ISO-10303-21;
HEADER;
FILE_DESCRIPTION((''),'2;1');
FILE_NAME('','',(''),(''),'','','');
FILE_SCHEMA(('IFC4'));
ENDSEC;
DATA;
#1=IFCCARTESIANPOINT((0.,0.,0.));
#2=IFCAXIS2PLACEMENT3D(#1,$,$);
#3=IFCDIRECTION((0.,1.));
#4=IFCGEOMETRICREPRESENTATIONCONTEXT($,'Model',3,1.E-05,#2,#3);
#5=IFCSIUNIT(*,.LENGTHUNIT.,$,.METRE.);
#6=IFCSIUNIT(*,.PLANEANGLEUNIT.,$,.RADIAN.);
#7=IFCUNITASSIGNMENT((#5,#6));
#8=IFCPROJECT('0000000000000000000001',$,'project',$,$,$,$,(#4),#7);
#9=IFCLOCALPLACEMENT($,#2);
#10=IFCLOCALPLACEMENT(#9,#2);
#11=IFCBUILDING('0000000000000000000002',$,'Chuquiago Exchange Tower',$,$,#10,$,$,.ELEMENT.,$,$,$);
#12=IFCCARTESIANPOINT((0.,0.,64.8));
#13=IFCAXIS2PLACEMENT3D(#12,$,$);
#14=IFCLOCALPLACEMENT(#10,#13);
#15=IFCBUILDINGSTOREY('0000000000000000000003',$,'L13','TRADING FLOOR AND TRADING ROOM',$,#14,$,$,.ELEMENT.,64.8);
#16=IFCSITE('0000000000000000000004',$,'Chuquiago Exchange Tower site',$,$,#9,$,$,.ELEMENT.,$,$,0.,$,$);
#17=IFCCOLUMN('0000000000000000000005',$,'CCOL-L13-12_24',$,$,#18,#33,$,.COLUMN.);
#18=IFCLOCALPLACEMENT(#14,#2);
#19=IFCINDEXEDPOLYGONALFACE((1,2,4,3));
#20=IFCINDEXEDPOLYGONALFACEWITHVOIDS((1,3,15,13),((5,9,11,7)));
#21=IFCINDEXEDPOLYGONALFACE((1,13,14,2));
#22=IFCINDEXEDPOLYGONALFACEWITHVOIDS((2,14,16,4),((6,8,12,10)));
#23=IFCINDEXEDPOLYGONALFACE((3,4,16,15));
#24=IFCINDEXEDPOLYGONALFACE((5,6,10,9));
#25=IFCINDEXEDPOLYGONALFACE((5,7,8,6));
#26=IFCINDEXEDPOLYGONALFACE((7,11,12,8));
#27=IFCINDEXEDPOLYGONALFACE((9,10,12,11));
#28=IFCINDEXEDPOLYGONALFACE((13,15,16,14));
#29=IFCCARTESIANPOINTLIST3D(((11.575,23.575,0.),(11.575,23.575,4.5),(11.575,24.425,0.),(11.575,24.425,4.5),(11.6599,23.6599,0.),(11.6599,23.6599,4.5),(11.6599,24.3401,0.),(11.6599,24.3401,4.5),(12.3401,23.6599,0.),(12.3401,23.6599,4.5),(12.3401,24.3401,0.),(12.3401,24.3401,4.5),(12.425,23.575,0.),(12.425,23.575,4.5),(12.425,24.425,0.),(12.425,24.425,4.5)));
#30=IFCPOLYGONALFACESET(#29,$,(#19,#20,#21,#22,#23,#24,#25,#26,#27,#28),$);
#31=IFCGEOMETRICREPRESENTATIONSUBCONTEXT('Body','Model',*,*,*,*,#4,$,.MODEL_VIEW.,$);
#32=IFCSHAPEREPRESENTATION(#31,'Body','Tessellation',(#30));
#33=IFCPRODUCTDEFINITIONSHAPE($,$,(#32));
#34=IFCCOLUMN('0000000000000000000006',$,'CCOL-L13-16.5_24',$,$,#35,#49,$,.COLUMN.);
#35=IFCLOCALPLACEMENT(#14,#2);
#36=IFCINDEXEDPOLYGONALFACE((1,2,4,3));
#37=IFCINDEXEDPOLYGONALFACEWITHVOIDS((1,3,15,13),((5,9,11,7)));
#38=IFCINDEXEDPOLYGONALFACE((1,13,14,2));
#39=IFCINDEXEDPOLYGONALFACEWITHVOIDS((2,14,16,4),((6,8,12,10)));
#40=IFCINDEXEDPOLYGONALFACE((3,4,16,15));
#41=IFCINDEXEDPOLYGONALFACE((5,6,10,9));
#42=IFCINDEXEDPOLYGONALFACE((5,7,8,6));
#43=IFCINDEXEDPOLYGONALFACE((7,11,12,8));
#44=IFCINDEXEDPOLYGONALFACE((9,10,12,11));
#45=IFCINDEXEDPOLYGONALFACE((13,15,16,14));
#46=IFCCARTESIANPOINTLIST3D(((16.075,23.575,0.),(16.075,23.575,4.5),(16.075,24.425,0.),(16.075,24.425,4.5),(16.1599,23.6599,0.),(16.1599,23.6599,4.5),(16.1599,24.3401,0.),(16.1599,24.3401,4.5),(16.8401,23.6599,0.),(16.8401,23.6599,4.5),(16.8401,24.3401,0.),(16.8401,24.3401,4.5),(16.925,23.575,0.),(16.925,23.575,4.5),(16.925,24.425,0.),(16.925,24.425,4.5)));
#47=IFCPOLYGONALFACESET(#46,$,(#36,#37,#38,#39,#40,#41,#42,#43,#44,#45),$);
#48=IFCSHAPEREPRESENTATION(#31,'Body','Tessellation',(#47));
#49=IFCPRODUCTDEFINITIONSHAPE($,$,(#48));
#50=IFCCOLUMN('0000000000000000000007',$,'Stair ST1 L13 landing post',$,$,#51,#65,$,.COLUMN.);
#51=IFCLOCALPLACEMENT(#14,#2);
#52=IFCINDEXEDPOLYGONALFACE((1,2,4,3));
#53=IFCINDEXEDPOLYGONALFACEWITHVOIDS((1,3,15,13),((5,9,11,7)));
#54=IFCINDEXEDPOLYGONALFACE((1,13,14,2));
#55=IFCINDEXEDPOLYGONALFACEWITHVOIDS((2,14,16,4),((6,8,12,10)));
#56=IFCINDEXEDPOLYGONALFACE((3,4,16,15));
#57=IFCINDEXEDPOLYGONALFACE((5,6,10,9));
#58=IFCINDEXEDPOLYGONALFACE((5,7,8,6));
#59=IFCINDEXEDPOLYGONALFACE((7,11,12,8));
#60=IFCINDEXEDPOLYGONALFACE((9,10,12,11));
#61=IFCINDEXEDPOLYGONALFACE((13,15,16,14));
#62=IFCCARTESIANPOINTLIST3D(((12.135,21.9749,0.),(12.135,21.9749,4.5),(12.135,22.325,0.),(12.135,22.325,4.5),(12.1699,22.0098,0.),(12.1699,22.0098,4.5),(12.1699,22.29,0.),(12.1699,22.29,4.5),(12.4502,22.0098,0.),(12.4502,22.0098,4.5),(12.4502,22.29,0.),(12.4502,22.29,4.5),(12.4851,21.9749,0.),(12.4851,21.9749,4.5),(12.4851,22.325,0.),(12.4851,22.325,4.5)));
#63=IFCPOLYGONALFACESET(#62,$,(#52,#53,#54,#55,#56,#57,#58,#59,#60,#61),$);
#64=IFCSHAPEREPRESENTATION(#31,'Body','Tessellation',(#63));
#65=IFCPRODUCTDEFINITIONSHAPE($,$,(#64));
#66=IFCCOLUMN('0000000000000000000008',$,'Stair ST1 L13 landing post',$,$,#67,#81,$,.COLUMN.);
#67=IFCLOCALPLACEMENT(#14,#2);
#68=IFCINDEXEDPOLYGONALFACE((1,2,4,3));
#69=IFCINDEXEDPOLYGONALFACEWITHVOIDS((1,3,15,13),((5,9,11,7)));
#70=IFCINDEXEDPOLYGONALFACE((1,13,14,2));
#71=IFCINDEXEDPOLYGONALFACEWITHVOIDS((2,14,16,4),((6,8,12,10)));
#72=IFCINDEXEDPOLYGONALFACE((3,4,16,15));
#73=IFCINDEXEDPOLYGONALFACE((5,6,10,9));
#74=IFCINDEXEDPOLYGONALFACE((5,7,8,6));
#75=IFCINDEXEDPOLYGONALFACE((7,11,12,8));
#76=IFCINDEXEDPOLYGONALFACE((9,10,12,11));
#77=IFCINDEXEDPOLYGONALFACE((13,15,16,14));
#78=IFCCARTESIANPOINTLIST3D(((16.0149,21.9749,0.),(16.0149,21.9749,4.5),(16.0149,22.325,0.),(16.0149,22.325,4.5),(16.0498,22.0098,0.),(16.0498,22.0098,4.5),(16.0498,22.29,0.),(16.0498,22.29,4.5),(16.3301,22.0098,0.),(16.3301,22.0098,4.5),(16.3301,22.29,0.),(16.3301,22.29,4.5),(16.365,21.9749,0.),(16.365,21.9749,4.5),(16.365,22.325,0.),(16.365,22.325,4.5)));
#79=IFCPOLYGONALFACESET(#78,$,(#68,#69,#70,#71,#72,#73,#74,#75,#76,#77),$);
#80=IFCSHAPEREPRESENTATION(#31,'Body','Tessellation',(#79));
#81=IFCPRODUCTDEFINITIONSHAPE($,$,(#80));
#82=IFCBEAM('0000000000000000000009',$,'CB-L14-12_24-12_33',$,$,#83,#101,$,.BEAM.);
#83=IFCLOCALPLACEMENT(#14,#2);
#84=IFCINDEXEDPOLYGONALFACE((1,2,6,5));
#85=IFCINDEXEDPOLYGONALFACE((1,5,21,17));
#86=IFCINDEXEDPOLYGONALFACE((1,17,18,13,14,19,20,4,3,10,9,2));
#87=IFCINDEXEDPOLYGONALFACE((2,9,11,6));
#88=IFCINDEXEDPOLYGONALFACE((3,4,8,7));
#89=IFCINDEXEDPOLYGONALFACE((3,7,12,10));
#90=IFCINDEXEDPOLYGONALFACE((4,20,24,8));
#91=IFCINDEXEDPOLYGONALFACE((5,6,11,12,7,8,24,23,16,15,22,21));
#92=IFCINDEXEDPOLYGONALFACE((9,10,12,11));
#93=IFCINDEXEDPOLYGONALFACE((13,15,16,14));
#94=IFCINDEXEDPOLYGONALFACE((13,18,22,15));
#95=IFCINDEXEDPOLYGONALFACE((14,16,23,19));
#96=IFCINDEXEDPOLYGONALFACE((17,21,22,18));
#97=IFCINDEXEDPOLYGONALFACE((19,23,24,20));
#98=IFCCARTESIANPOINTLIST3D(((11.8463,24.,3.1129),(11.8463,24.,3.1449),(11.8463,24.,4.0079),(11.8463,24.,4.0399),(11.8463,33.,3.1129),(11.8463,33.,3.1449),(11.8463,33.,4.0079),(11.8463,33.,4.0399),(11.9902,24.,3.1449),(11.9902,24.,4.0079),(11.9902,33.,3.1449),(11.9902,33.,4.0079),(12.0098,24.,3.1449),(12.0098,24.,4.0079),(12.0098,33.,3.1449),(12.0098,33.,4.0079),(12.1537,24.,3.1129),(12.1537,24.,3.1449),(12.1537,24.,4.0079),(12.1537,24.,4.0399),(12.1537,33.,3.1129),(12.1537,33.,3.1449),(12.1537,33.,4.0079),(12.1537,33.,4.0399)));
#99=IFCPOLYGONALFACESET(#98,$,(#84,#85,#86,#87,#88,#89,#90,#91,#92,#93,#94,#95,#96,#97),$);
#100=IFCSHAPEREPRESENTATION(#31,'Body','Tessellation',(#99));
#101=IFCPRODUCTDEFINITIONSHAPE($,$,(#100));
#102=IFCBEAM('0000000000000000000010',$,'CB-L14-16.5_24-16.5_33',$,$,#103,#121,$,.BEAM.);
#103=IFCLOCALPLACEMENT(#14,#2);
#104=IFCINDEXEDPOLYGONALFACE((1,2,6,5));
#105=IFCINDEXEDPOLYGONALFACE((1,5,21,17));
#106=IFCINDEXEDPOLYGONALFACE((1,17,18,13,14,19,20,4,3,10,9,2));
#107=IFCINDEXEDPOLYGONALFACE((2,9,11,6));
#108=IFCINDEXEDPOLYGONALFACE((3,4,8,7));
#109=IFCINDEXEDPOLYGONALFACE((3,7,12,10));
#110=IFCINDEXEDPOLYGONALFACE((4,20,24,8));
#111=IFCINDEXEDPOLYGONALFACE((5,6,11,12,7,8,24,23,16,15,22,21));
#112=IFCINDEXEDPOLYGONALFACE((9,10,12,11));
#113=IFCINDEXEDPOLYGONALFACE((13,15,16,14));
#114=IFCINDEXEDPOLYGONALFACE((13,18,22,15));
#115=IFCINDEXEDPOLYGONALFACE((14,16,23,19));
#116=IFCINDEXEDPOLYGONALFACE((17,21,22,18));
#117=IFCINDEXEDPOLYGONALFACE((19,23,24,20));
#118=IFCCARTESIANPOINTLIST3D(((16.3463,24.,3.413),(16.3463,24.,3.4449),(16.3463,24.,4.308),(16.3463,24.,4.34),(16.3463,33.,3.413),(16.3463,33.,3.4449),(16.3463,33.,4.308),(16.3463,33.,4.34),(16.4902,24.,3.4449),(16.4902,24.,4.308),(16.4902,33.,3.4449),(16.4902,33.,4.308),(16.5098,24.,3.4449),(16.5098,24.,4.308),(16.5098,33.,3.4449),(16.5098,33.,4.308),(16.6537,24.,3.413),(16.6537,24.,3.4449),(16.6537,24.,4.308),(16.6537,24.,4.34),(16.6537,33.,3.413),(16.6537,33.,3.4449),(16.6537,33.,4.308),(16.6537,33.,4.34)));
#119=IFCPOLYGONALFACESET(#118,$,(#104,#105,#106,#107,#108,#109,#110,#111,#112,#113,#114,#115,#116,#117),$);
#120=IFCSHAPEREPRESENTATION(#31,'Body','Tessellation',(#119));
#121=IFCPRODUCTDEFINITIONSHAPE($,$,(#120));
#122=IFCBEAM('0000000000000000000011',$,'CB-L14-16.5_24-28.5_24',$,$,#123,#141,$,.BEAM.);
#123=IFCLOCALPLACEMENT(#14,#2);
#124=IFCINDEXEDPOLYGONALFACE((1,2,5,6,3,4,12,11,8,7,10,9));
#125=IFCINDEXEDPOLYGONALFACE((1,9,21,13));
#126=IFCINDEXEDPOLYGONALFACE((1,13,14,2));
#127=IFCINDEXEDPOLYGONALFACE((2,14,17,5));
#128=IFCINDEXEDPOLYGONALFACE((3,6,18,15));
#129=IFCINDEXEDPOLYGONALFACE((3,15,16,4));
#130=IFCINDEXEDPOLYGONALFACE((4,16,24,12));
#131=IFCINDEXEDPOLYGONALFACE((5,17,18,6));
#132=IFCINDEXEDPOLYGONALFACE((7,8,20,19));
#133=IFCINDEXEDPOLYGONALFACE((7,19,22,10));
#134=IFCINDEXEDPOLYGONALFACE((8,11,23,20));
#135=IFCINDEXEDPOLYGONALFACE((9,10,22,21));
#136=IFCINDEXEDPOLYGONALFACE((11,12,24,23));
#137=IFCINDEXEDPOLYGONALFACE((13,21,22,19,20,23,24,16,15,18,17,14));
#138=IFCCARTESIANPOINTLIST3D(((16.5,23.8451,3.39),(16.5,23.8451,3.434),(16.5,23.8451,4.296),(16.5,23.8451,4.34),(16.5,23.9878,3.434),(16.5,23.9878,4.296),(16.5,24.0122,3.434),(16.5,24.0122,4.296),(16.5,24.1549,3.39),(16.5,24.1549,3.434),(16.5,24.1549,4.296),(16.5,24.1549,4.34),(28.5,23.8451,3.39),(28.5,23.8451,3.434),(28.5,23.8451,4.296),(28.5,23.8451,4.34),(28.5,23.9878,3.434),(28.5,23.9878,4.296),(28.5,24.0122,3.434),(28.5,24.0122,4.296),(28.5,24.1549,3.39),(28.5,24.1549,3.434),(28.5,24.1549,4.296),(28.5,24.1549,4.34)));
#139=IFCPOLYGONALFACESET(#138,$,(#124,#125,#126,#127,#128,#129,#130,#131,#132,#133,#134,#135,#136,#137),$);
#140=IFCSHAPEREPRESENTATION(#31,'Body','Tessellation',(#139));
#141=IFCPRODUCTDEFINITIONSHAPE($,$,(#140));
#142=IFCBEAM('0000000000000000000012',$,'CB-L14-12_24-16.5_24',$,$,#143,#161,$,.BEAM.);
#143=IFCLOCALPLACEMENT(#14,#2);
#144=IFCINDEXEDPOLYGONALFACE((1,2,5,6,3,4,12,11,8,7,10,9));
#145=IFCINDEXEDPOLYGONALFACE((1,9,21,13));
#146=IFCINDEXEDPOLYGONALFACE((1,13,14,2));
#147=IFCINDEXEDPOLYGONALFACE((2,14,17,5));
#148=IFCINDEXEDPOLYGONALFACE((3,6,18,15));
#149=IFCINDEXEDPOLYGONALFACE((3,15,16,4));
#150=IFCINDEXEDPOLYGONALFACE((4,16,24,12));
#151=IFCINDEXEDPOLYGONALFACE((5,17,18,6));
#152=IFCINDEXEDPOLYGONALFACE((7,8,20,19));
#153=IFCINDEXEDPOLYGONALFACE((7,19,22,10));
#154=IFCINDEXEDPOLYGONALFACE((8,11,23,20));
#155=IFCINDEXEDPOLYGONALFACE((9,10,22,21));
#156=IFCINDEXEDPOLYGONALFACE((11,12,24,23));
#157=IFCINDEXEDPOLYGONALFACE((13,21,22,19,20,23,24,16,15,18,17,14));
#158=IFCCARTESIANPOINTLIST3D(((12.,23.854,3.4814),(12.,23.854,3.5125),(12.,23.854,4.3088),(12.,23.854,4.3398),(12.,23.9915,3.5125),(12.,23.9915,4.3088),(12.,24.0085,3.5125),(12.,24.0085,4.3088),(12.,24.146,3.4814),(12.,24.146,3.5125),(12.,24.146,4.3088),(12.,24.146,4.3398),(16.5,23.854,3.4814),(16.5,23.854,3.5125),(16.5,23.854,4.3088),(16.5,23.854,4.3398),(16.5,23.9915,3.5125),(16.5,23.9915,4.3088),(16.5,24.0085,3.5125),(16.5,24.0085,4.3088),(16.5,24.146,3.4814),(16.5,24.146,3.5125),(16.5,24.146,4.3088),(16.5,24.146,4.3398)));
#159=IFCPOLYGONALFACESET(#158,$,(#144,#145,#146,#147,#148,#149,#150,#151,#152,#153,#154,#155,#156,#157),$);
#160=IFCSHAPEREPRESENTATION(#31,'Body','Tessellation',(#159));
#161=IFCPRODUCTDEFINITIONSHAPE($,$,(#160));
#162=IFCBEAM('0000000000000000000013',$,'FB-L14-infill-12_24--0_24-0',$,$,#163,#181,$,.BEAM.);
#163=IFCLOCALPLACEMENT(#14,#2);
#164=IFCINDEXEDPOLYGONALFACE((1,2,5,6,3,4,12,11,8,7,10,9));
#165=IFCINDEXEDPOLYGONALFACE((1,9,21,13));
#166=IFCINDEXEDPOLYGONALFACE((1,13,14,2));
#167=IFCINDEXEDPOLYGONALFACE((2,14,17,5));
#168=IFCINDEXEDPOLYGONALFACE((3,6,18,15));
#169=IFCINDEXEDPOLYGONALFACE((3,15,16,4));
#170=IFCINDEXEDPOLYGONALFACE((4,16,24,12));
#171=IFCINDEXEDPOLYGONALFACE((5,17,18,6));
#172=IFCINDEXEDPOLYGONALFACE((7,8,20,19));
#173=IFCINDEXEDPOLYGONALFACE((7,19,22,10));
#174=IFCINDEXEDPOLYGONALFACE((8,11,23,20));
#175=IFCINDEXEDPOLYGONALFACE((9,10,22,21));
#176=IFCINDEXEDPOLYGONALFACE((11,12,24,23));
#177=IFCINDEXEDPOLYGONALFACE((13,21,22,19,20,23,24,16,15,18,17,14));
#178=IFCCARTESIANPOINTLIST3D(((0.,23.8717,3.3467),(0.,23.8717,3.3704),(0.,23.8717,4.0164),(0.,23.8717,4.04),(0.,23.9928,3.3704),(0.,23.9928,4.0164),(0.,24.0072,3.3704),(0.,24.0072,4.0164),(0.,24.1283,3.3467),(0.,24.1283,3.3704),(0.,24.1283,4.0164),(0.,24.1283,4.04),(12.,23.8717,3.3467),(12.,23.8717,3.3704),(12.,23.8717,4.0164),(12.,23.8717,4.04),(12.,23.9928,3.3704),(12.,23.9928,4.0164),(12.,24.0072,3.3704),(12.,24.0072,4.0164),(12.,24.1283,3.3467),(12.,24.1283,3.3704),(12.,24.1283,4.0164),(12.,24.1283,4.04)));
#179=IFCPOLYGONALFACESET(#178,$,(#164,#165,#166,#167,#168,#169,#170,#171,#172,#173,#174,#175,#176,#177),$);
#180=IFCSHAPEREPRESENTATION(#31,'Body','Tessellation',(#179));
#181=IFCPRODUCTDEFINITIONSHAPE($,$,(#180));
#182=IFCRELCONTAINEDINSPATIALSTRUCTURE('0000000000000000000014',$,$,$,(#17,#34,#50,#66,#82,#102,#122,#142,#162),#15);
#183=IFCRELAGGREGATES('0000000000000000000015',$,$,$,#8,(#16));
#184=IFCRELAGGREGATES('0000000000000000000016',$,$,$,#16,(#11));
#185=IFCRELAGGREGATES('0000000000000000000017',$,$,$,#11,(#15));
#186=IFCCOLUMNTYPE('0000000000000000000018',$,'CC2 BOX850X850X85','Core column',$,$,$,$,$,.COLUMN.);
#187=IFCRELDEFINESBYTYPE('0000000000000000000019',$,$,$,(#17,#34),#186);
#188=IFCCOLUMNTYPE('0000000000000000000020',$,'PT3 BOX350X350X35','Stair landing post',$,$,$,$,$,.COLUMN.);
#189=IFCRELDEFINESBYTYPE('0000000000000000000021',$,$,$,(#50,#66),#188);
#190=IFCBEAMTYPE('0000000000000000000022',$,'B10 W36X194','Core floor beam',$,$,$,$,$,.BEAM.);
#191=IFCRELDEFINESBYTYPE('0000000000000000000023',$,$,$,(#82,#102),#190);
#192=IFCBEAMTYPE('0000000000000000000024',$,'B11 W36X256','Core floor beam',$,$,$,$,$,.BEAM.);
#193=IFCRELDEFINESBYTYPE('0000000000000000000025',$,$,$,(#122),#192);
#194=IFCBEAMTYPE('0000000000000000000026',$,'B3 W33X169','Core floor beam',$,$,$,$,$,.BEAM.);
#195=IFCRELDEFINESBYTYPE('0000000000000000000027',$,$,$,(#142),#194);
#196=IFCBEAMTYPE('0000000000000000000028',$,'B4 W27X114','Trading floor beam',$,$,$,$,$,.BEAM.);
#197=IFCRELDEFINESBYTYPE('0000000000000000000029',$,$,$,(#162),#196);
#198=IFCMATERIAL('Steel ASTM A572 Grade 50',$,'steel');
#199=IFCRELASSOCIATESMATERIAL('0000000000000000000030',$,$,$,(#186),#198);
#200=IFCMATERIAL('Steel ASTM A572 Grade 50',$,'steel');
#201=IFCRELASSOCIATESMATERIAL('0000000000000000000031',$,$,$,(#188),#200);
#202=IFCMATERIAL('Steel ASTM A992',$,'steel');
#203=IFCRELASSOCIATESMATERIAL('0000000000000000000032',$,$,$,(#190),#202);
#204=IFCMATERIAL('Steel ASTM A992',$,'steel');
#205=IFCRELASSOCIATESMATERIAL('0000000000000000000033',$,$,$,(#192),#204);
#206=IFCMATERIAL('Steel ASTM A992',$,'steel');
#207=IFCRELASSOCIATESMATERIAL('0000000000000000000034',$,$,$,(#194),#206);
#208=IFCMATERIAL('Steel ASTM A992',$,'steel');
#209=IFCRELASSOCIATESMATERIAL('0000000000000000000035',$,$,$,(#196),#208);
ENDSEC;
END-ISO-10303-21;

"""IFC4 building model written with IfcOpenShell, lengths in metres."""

from ifc_helpers import new_model, si_unit, direction, frame, origin, origin_2d, place, context, subcontext, project, spatial, hollow_rectangle, i_section, extrude, material, material_profile, profile_set, type_object, element, save


model = new_model("IFC4")

# Units and contexts
model_context = context("Model", 3, precision=1e-05, world=origin(), true_north=direction((0.0, 1.0)))
body_context = subcontext(model_context, "Body", "Model", "MODEL_VIEW")
ifc_project = project(units=[si_unit("LENGTHUNIT", "METRE"), si_unit("PLANEANGLEUNIT", "RADIAN")], contexts=[model_context])

# Site, building, storey
site_placement = place(None, origin())
site = spatial("IfcSite", under=ifc_project, at=site_placement, Name="Chuquiago Exchange Tower site", CompositionType="ELEMENT", RefElevation=0.0)
building_placement = place(site_placement, origin())
building = spatial("IfcBuilding", under=site, at=building_placement, Name="Chuquiago Exchange Tower", CompositionType="ELEMENT")
storey_placement = place(building_placement, frame((0.0, 0.0, 64.8)))
storey = spatial("IfcBuildingStorey", under=building, at=storey_placement, Name="L13", Description="TRADING FLOOR AND TRADING ROOM", CompositionType="ELEMENT", Elevation=64.8)

# Columns
ifc_material_1 = material(Name="Steel ASTM A572 Grade 50", Category="steel")
ifc_material_profile_1 = material_profile(ifc_material_1, hollow_rectangle(XDim=0.8501, YDim=0.8501, WallThickness=0.085, at=origin_2d()), Name="BOX850X850X85")
ifc_profile_set_1 = profile_set([ifc_material_profile_1], Name="Steel ASTM A572 Grade 50")
column_type_1 = type_object("IfcColumnType", Name="CC2 BOX850X850X85", Description="Core column", PredefinedType="COLUMN", material=ifc_profile_set_1)
for number, where, z_axis, x_axis, name in (
    (1, (12.0, 24.0, 0.0), (0.0, 0.0, 1.0), (1.0, 0.0, 0.0), "CCOL-L13-12_24"),
    (2, (16.5, 24.0, 0.0), (0.0, 0.0, 1.0), (1.0, 0.0, 0.0), "CCOL-L13-16.5_24"),
):
    element("IfcColumn", number, at=place(storey_placement, frame(where, z_axis=z_axis, x_axis=x_axis)), inside=storey, type_object=column_type_1, Name=name, PredefinedType="COLUMN", context=body_context, shape_type="SweptSolid", body=[
        extrude(hollow_rectangle(XDim=0.8501, YDim=0.8501, WallThickness=0.085, at=origin_2d()), origin(), (0.0, 0.0, 1.0), 4.5),
    ])
ifc_material_2 = material(Name="Steel ASTM A572 Grade 50", Category="steel")
ifc_material_profile_2 = material_profile(ifc_material_2, hollow_rectangle(XDim=0.3501, YDim=0.3501, WallThickness=0.0349, at=origin_2d()), Name="BOX350X350X35")
ifc_profile_set_2 = profile_set([ifc_material_profile_2], Name="Steel ASTM A572 Grade 50")
column_type_2 = type_object("IfcColumnType", Name="PT3 BOX350X350X35", Description="Stair landing post", PredefinedType="COLUMN", material=ifc_profile_set_2)
for number, where, z_axis, x_axis, name in (
    (3, (12.3101, 22.1499, 0.0), (0.0, 0.0, 1.0), (1.0, 0.0, 0.0), "Stair ST1 L13 landing post"),
    (4, (16.1899, 22.1499, 0.0), (0.0, 0.0, 1.0), (1.0, 0.0, 0.0), "Stair ST1 L13 landing post"),
):
    element("IfcColumn", number, at=place(storey_placement, frame(where, z_axis=z_axis, x_axis=x_axis)), inside=storey, type_object=column_type_2, Name=name, PredefinedType="COLUMN", context=body_context, shape_type="SweptSolid", body=[
        extrude(hollow_rectangle(XDim=0.3501, YDim=0.3501, WallThickness=0.0349, at=origin_2d()), origin(), (0.0, 0.0, 1.0), 4.5),
    ])

# Beams
ifc_material_3 = material(Name="Steel ASTM A992", Category="steel")
ifc_material_profile_3 = material_profile(ifc_material_3, i_section(OverallWidth=0.3074, OverallDepth=0.927, WebThickness=0.0195, FlangeThickness=0.032, at=origin_2d()), Name="W36X194")
ifc_profile_set_3 = profile_set([ifc_material_profile_3], Name="Steel ASTM A992")
beam_type_1 = type_object("IfcBeamType", Name="B10 W36X194", Description="Core floor beam", PredefinedType="BEAM", material=ifc_profile_set_3)
for number, where, z_axis, x_axis, name in (
    (5, (12.0, 24.0, 3.5764), (0.0, 1.0, 0.0), (-1.0, 0.0, 0.0), "CB-L14-12_24-12_33"),
    (6, (16.5, 24.0, 3.8765), (0.0, 1.0, 0.0), (-1.0, 0.0, 0.0), "CB-L14-16.5_24-16.5_33"),
):
    element("IfcBeam", number, at=place(storey_placement, frame(where, z_axis=z_axis, x_axis=x_axis)), inside=storey, type_object=beam_type_1, Name=name, PredefinedType="BEAM", context=body_context, shape_type="SweptSolid", body=[
        extrude(i_section(OverallWidth=0.3074, OverallDepth=0.927, WebThickness=0.0195, FlangeThickness=0.032, at=origin_2d()), origin(), (0.0, 0.0, 1.0), 9.0),
    ])
ifc_material_4 = material(Name="Steel ASTM A992", Category="steel")
ifc_material_profile_4 = material_profile(ifc_material_4, i_section(OverallWidth=0.3098, OverallDepth=0.95, WebThickness=0.0244, FlangeThickness=0.0439, at=origin_2d()), Name="W36X256")
ifc_profile_set_4 = profile_set([ifc_material_profile_4], Name="Steel ASTM A992")
beam_type_2 = type_object("IfcBeamType", Name="B11 W36X256", Description="Core floor beam", PredefinedType="BEAM", material=ifc_profile_set_4)
beam_1_placement = place(storey_placement, frame((16.5, 24.0, 3.865), z_axis=(1.0, 0.0, 0.0), x_axis=(0.0, 1.0, 0.0)))
element("IfcBeam", 7, at=beam_1_placement, inside=storey, type_object=beam_type_2, Name="CB-L14-16.5_24-28.5_24", PredefinedType="BEAM", context=body_context, shape_type="SweptSolid", body=[
    extrude(i_section(OverallWidth=0.3098, OverallDepth=0.95, WebThickness=0.0244, FlangeThickness=0.0439, at=origin_2d()), origin(), (0.0, 0.0, 1.0), 12.0),
])
ifc_material_5 = material(Name="Steel ASTM A992", Category="steel")
ifc_material_profile_5 = material_profile(ifc_material_5, i_section(OverallWidth=0.292, OverallDepth=0.8584, WebThickness=0.0171, FlangeThickness=0.031, at=origin_2d()), Name="W33X169")
ifc_profile_set_5 = profile_set([ifc_material_profile_5], Name="Steel ASTM A992")
beam_type_3 = type_object("IfcBeamType", Name="B3 W33X169", Description="Core floor beam", PredefinedType="BEAM", material=ifc_profile_set_5)
beam_2_placement = place(storey_placement, frame((12.0, 24.0, 3.9106), z_axis=(1.0, 0.0, 0.0), x_axis=(0.0, 1.0, 0.0)))
element("IfcBeam", 8, at=beam_2_placement, inside=storey, type_object=beam_type_3, Name="CB-L14-12_24-16.5_24", PredefinedType="BEAM", context=body_context, shape_type="SweptSolid", body=[
    extrude(i_section(OverallWidth=0.292, OverallDepth=0.8584, WebThickness=0.0171, FlangeThickness=0.031, at=origin_2d()), origin(), (0.0, 0.0, 1.0), 4.5),
])
ifc_material_6 = material(Name="Steel ASTM A992", Category="steel")
ifc_material_profile_6 = material_profile(ifc_material_6, i_section(OverallWidth=0.2566, OverallDepth=0.6934, WebThickness=0.0144, FlangeThickness=0.0237, at=origin_2d()), Name="W27X114")
ifc_profile_set_6 = profile_set([ifc_material_profile_6], Name="Steel ASTM A992")
beam_type_4 = type_object("IfcBeamType", Name="B4 W27X114", Description="Trading floor beam", PredefinedType="BEAM", material=ifc_profile_set_6)
for number, where, z_axis, x_axis, name in (
    (9, (12.0, 24.0, 3.6934), (-1.0, 0.0, 0.0), (0.0, -1.0, 0.0), "FB-L14-infill-12_24--0_24-0"),
):
    element("IfcBeam", number, at=place(storey_placement, frame(where, z_axis=z_axis, x_axis=x_axis)), inside=storey, type_object=beam_type_4, Name=name, PredefinedType="BEAM", context=body_context, shape_type="SweptSolid", body=[
        extrude(i_section(OverallWidth=0.2566, OverallDepth=0.6934, WebThickness=0.0144, FlangeThickness=0.0237, at=origin_2d()), origin(), (0.0, 0.0, 1.0), 12.0),
    ])

save(model, "model.ifc")
